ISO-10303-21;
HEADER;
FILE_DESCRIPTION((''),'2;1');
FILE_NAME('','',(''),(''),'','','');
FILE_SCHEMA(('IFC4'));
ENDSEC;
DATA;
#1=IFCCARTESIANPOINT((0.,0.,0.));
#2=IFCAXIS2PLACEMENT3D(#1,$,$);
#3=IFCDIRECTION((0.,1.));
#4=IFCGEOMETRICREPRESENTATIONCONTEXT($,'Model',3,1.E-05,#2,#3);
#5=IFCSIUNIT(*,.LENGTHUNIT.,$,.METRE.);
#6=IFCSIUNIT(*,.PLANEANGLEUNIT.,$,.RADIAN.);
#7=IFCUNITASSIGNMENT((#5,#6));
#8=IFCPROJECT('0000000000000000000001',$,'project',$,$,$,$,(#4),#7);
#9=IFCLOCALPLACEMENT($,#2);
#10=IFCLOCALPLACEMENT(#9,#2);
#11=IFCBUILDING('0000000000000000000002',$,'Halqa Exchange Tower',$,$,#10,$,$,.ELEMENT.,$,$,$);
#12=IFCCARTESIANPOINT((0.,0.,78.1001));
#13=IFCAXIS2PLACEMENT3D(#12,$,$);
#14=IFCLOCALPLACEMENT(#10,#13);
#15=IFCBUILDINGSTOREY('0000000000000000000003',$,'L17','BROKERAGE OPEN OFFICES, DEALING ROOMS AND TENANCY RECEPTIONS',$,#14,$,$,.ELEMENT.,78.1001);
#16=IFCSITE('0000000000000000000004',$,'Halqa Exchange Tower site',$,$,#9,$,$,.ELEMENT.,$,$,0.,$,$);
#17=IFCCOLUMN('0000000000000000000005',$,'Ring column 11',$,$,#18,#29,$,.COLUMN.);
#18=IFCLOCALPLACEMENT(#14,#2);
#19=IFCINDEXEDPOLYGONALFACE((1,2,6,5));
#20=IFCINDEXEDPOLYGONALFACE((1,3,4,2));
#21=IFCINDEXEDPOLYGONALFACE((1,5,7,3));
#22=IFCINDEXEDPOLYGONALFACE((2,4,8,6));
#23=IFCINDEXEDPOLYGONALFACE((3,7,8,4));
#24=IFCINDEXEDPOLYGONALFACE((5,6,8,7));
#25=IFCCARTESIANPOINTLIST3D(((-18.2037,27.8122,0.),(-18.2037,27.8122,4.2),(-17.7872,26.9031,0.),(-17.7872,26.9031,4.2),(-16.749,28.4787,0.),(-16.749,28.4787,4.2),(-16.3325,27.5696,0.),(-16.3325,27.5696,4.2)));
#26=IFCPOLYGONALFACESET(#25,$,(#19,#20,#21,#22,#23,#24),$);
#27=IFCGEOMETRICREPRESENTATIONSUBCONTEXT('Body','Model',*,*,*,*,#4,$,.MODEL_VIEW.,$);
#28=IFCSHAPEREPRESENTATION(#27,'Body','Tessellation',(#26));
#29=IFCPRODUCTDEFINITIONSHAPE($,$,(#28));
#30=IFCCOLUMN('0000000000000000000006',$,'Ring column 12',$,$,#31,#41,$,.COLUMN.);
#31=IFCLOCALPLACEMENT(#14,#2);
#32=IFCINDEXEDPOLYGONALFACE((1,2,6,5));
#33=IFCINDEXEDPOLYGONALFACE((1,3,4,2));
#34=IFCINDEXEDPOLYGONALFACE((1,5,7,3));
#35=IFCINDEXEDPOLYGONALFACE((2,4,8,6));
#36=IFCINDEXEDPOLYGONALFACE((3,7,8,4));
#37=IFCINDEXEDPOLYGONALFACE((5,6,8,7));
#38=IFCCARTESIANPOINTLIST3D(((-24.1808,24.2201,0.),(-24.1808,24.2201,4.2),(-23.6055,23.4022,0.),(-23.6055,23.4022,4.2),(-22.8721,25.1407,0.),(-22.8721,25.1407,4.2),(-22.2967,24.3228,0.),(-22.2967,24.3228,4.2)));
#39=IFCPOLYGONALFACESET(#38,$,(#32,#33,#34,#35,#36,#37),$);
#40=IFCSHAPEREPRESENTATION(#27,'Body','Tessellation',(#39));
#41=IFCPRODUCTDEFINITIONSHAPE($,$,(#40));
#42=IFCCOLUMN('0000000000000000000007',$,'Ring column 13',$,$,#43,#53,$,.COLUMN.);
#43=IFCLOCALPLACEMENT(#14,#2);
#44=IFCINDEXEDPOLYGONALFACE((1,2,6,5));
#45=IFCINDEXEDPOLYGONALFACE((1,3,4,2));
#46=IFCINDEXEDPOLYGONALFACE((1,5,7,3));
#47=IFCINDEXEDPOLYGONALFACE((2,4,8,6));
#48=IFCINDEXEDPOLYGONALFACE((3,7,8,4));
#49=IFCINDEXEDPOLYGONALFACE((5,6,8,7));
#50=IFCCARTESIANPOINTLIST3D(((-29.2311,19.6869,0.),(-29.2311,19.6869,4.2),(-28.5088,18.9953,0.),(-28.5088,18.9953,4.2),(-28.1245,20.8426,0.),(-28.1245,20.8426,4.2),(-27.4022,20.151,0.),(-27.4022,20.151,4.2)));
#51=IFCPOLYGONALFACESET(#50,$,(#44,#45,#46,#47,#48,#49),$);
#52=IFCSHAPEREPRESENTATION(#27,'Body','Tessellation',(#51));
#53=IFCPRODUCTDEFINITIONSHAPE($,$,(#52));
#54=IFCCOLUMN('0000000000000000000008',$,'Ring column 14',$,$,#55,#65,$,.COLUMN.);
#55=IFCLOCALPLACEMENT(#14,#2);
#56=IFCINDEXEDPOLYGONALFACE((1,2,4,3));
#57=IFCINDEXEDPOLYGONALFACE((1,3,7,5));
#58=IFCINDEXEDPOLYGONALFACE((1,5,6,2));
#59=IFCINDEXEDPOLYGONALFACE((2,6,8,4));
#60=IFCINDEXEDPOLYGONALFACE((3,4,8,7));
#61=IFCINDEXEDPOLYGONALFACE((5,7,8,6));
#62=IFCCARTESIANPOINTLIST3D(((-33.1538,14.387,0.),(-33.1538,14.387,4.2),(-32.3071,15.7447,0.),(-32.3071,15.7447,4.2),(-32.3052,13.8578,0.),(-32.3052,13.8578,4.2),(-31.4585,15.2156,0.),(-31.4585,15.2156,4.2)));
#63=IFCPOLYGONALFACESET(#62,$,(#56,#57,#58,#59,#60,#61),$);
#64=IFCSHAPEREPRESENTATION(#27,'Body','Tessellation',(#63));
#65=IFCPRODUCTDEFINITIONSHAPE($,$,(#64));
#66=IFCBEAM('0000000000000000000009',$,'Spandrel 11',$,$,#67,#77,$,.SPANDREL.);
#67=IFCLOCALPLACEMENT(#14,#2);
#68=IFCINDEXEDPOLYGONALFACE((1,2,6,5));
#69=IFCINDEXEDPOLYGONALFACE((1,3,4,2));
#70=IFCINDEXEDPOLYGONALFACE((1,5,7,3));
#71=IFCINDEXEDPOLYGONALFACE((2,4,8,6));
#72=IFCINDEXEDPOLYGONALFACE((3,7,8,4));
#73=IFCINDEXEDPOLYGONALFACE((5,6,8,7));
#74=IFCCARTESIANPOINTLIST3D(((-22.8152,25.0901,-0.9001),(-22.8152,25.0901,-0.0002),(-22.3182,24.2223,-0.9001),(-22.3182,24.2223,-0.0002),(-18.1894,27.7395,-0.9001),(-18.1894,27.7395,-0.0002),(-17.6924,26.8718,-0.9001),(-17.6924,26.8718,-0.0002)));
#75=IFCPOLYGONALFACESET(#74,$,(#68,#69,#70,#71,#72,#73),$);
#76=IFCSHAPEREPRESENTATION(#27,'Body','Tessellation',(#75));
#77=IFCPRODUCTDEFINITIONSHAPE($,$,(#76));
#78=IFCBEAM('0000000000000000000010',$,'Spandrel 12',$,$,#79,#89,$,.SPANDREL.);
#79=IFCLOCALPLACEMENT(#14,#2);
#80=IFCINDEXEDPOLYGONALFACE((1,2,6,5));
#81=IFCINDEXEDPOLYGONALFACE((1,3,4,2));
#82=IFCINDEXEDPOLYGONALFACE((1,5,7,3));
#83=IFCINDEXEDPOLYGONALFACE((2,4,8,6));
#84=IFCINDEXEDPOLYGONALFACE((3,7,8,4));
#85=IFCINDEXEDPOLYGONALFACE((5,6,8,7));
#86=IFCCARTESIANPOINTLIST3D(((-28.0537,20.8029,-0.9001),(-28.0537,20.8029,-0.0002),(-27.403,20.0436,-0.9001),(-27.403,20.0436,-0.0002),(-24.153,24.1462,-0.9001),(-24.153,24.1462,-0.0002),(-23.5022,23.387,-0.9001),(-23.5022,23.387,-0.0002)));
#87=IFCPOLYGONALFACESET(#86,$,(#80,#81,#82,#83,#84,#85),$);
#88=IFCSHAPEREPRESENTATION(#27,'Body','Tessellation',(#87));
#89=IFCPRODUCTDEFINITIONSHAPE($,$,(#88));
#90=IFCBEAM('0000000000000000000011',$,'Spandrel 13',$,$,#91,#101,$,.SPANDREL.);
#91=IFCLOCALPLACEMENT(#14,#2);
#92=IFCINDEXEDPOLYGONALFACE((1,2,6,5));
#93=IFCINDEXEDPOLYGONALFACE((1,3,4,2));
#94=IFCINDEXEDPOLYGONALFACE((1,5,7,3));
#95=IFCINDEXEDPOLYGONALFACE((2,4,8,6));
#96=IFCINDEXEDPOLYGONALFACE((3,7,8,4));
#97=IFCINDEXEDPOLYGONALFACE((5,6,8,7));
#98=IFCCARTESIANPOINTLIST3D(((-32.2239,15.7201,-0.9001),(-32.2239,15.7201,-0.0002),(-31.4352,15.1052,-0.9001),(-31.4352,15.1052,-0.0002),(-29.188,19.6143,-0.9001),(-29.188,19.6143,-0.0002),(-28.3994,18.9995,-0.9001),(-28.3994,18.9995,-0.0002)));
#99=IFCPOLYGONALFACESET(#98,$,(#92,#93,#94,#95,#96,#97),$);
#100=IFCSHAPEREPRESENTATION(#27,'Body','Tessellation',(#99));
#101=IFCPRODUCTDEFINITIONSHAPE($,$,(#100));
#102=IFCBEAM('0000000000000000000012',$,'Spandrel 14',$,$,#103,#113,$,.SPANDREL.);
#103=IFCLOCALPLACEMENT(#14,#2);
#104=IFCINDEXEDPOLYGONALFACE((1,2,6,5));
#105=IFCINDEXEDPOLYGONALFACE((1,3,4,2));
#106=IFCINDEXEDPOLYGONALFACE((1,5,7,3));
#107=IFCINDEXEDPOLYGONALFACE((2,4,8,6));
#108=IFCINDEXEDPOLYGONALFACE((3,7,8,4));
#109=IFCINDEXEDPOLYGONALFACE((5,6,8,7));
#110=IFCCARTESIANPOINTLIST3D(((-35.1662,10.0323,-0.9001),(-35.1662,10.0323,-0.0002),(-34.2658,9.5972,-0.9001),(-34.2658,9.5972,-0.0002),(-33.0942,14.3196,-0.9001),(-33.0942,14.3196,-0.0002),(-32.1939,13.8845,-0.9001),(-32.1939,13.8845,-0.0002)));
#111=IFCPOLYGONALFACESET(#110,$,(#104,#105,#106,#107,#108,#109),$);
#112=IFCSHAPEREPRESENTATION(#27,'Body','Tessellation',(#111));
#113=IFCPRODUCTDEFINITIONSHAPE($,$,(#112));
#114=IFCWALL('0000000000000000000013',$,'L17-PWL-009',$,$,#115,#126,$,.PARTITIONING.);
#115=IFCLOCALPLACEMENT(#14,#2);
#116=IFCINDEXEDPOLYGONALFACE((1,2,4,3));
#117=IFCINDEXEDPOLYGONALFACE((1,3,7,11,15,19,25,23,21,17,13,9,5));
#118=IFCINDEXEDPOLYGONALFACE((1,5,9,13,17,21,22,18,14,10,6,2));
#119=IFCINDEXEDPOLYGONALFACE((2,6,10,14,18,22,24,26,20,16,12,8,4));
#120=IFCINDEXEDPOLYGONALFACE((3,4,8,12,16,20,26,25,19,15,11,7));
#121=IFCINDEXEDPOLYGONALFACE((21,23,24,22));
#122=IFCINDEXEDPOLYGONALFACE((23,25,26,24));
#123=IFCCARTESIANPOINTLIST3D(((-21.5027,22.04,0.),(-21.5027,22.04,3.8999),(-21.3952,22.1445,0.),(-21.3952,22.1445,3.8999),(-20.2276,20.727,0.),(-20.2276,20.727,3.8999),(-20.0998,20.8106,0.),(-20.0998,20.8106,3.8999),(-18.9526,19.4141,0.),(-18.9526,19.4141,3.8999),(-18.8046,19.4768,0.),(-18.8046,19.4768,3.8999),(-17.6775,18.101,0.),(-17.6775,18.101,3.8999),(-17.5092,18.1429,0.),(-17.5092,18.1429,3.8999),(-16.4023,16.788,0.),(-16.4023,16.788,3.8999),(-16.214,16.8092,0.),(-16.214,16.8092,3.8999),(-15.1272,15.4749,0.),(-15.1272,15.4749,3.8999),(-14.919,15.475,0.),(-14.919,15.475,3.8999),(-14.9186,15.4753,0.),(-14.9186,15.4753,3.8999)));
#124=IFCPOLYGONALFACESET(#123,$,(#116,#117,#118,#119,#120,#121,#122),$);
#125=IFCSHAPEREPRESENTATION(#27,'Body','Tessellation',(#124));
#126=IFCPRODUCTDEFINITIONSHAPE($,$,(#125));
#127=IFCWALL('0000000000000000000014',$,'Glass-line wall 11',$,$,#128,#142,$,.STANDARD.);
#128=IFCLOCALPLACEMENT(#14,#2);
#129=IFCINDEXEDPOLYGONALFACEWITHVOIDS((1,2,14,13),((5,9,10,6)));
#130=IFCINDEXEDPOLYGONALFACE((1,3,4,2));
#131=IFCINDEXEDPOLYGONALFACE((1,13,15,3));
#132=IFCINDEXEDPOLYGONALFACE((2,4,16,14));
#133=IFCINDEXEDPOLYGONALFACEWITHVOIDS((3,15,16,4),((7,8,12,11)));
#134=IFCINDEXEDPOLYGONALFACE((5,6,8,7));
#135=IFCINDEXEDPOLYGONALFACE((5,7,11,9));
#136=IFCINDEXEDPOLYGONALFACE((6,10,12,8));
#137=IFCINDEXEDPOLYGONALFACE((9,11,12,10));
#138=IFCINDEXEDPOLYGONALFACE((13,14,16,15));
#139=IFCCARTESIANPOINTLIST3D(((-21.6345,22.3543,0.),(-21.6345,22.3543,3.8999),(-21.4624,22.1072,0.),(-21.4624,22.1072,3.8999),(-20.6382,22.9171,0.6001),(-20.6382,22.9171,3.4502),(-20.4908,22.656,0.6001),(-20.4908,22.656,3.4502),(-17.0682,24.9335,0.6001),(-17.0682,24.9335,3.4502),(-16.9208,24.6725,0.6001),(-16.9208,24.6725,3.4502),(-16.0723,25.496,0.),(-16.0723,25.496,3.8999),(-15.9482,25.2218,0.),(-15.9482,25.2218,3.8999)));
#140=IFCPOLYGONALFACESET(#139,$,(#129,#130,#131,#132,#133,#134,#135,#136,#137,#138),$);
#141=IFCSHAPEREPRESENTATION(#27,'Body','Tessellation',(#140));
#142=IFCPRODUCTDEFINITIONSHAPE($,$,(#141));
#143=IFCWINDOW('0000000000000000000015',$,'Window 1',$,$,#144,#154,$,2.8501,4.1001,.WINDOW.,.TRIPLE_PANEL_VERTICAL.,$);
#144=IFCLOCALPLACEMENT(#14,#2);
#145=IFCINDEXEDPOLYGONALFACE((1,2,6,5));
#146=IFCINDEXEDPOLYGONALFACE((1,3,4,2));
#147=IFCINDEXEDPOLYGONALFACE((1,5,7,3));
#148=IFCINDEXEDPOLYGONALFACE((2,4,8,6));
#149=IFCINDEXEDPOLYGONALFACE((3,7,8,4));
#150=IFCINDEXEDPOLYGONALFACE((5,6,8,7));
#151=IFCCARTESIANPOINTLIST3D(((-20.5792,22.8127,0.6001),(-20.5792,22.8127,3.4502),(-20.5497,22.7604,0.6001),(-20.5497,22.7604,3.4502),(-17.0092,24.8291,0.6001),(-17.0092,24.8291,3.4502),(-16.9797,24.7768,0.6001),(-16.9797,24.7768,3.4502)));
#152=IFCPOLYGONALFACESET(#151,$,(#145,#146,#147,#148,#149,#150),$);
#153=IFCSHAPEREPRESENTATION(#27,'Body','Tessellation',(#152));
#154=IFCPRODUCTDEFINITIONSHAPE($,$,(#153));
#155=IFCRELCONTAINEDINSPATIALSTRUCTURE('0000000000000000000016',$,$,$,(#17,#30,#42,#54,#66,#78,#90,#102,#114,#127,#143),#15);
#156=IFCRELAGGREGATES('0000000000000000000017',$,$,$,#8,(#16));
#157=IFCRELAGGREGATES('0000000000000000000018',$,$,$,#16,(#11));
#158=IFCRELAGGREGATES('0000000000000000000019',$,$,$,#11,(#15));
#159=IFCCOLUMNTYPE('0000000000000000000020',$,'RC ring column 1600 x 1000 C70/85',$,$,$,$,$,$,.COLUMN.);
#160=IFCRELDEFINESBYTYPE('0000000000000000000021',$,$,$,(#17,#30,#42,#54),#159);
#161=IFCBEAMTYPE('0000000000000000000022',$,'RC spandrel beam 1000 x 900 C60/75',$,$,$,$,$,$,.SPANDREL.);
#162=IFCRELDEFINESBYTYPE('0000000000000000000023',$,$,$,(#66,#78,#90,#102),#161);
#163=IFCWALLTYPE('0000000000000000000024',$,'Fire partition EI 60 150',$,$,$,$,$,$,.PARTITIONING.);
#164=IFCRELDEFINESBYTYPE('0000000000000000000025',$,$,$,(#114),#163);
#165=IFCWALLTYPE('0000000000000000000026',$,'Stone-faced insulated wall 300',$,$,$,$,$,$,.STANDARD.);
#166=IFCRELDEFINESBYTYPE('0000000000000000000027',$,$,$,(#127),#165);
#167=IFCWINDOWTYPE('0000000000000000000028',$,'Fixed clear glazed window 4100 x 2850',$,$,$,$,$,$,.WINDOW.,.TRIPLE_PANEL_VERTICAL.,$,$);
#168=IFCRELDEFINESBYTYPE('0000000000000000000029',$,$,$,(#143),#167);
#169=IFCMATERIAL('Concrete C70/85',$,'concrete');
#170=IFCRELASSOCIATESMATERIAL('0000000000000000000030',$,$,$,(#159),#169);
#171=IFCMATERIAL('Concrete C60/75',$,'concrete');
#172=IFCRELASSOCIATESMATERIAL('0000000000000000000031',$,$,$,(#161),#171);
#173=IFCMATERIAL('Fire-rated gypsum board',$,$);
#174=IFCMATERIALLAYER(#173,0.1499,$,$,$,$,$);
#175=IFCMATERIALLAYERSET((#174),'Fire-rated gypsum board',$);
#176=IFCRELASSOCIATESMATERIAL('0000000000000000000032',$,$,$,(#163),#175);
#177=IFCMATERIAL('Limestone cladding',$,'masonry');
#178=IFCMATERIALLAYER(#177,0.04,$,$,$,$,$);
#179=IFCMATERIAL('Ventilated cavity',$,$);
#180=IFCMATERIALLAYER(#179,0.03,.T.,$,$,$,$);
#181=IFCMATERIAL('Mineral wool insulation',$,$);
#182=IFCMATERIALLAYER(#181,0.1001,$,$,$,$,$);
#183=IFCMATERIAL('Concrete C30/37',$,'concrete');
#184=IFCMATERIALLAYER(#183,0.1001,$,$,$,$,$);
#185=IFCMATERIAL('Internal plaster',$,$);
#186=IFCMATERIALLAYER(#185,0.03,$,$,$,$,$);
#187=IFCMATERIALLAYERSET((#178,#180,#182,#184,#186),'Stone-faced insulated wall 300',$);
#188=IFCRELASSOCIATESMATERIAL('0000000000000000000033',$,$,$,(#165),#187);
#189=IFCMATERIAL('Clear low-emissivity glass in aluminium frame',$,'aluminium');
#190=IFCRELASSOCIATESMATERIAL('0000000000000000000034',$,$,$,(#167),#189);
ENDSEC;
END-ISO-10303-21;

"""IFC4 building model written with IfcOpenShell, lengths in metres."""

from ifc_helpers import new_model, si_unit, direction, frame, frame_2d, origin, origin_2d, place, context, subcontext, project, spatial, polyline, rectangle, outline, extrude, material, layer, layer_set, material_profile, profile_set, type_object, element, fill, save


model = new_model("IFC4")

# Units and contexts
model_context = context("Model", 3, precision=1e-05, world=origin(), true_north=direction((0.0, 1.0)))
body_context = subcontext(model_context, "Body", "Model", "MODEL_VIEW")
ifc_project = project(units=[si_unit("LENGTHUNIT", "METRE"), si_unit("PLANEANGLEUNIT", "RADIAN")], contexts=[model_context])

# Site, building, storey
site_placement = place(None, origin())
site = spatial("IfcSite", under=ifc_project, at=site_placement, Name="Halqa Exchange Tower site", CompositionType="ELEMENT", RefElevation=0.0)
building_placement = place(site_placement, origin())
building = spatial("IfcBuilding", under=site, at=building_placement, Name="Halqa Exchange Tower", CompositionType="ELEMENT")
storey_placement = place(building_placement, frame((0.0, 0.0, 78.1001)))
storey = spatial("IfcBuildingStorey", under=building, at=storey_placement, Name="L17", Description="BROKERAGE OPEN OFFICES, DEALING ROOMS AND TENANCY RECEPTIONS", CompositionType="ELEMENT", Elevation=78.1001)

# Columns
ifc_material_1 = material(Name="Concrete C70/85", Category="concrete")
ifc_material_profile_1 = material_profile(ifc_material_1, rectangle(XDim=1.6001, YDim=1.0, at=origin_2d()), Name="1600 x 1000")
ifc_profile_set_1 = profile_set([ifc_material_profile_1], Name="Concrete C70/85")
column_type = type_object("IfcColumnType", Name="RC ring column 1600 x 1000 C70/85", PredefinedType="COLUMN", material=ifc_profile_set_1)
for number, where, z_axis, x_axis, name in (
    (1, (-17.2681, 27.6909, 0.0), (0.0, 0.0, 1.0), (-0.909127, -0.416519, 0.0), "Ring column 11"),
    (2, (-23.2388, 24.2715, 0.0), (0.0, 0.0, 1.0), (-0.817909, -0.575348, 0.0), "Ring column 12"),
    (3, (-28.3167, 19.9189, 0.0), (0.0, 0.0, 1.0), (-0.691579, -0.722301, 0.0), "Ring column 13"),
    (4, (-32.3062, 14.8013, 0.0), (0.0, 0.0, 1.0), (-0.529145, -0.848531, 0.0), "Ring column 14"),
):
    element("IfcColumn", number, at=place(storey_placement, frame(where, z_axis=z_axis, x_axis=x_axis)), inside=storey, type_object=column_type, Name=name, PredefinedType="COLUMN", context=body_context, shape_type="SweptSolid", body=[
        extrude(rectangle(XDim=1.6001, YDim=1.0, at=origin_2d()), origin(), (0.0, 0.0, 1.0), 4.2),
    ])

# Beams
ifc_material_2 = material(Name="Concrete C60/75", Category="concrete")
ifc_material_profile_2 = material_profile(ifc_material_2, rectangle(XDim=1.0, YDim=0.8999, at=origin_2d()), Name="1000 x 900")
ifc_profile_set_2 = profile_set([ifc_material_profile_2], Name="Concrete C60/75")
beam_type = type_object("IfcBeamType", Name="RC spandrel beam 1000 x 900 C60/75", PredefinedType="SPANDREL", material=ifc_profile_set_2)
beam_1_placement = place(storey_placement, frame((-17.9409, 27.3057, -0.4502), z_axis=(-0.867747, -0.497007, 0.0), x_axis=(0.497007, -0.867747, 0.0)))
element("IfcBeam", 5, at=beam_1_placement, inside=storey, type_object=beam_type, Name="Spandrel 11", PredefinedType="SPANDREL", context=body_context, shape_type="SweptSolid", body=[
    extrude(rectangle(XDim=1.0, YDim=0.8999, at=origin_2d()), origin(), (0.0, 0.0, 1.0), 5.3308),
])
beam_2_placement = place(storey_placement, frame((-23.8276, 23.7666, -0.4502), z_axis=(-0.75927, -0.650776, 0.0), x_axis=(0.650776, -0.75927, 0.0)))
element("IfcBeam", 6, at=beam_2_placement, inside=storey, type_object=beam_type, Name="Spandrel 12", PredefinedType="SPANDREL", context=body_context, shape_type="SweptSolid", body=[
    extrude(rectangle(XDim=1.0, YDim=0.8999, at=origin_2d()), origin(), (0.0, 0.0, 1.0), 5.1375),
])
beam_3_placement = place(storey_placement, frame((-28.7937, 19.3069, -0.4502), z_axis=(-0.614823, -0.788665, 0.0), x_axis=(0.788665, -0.614823, 0.0)))
element("IfcBeam", 7, at=beam_3_placement, inside=storey, type_object=beam_type, Name="Spandrel 13", PredefinedType="SPANDREL", context=body_context, shape_type="SweptSolid", body=[
    extrude(rectangle(XDim=1.0, YDim=0.8999, at=origin_2d()), origin(), (0.0, 0.0, 1.0), 4.9377),
])
beam_4_placement = place(storey_placement, frame((-32.644, 14.1021, -0.4502), z_axis=(-0.435135, -0.900365, 0.0), x_axis=(0.900365, -0.435135, 0.0)))
element("IfcBeam", 8, at=beam_4_placement, inside=storey, type_object=beam_type, Name="Spandrel 14", PredefinedType="SPANDREL", context=body_context, shape_type="SweptSolid", body=[
    extrude(rectangle(XDim=1.0, YDim=0.8999, at=origin_2d()), origin(), (0.0, 0.0, 1.0), 4.7617),
])

# Shared definitions
ifc_material_3 = material(Name="Fire-rated gypsum board")
ifc_layer_1 = layer(ifc_material_3, 0.1499)
ifc_layer_set_1 = layer_set([ifc_layer_1], Name="Fire-rated gypsum board")
wall_type_1 = type_object("IfcWallType", Name="Fire partition EI 60 150", PredefinedType="PARTITIONING", material=ifc_layer_set_1)

# Wall
wall_1_placement = place(storey_placement, frame((-14.9724, 15.4231, 0.0), z_axis=(0.0, 0.0, 1.0), x_axis=(-0.696671, 0.717391, 0.0)))
element("IfcWall", 9, at=wall_1_placement, inside=storey, type_object=wall_type_1, Name="L17-PWL-009", PredefinedType="PARTITIONING", context=body_context, shape_type="SweptSolid", body=[
    extrude(outline(polyline([(9.2964, 0.075), (7.4661, 0.075), (5.636, 0.075), (3.8057, 0.075), (1.9753, 0.075), (0.145, 0.075), (0.0, -0.0745), (0.0, -0.075), (1.8594, -0.075), (3.7185, -0.075), (5.5779, -0.075), (7.437, -0.075), (9.2964, -0.075), (9.2964, 0.075)])), origin(), (0.0, 0.0, 1.0), 3.8999),
])

# Wall, opening, window
ifc_material_4 = material(Name="Limestone cladding", Category="masonry")
ifc_layer_2 = layer(ifc_material_4, 0.04)
ifc_material_5 = material(Name="Ventilated cavity")
ifc_layer_3 = layer(ifc_material_5, 0.03, ventilated=True)
ifc_material_6 = material(Name="Mineral wool insulation")
ifc_layer_4 = layer(ifc_material_6, 0.1001)
ifc_material_7 = material(Name="Concrete C30/37", Category="concrete")
ifc_layer_5 = layer(ifc_material_7, 0.1001)
ifc_material_8 = material(Name="Internal plaster")
ifc_layer_6 = layer(ifc_material_8, 0.03)
ifc_layer_set_2 = layer_set([ifc_layer_2, ifc_layer_3, ifc_layer_4, ifc_layer_5, ifc_layer_6], Name="Stone-faced insulated wall 300")
wall_type_2 = type_object("IfcWallType", Name="Stone-faced insulated wall 300", PredefinedType="STANDARD", material=ifc_layer_set_2)
wall_2_placement = place(storey_placement, frame((-16.0103, 25.3589, 0.0), z_axis=(0.0, 0.0, 1.0), x_axis=(-0.87071, -0.491797, 0.0)))
wall_2 = element("IfcWall", 10, at=wall_2_placement, inside=storey, type_object=wall_type_2, Name="Glass-line wall 11", PredefinedType="STANDARD", context=body_context, shape_type="SweptSolid", body=[
    extrude(outline(polyline([(-0.0134, -0.1499), (6.3748, -0.1499), (6.3464, 0.1499), (0.0134, 0.1499), (-0.0134, -0.1499)])), origin(), (0.0, 0.0, 1.0), 3.8999),
])
opening_1_placement = place(wall_2_placement, frame((1.1304, 0.0, 0.6001)))
opening_1 = element("IfcOpeningElement", 11, at=opening_1_placement, cuts=wall_2, PredefinedType="OPENING", context=body_context, shape_type="SweptSolid", body=[
    extrude(rectangle(XDim=4.1001, YDim=2.8501, at=frame_2d((2.05, 1.425))), frame((0.0, 0.1621, 0.0), z_axis=(0.0, -1.0, 0.0), x_axis=(1.0, 0.0, 0.0)), (0.0, 0.0, 1.0), 0.324),
])
ifc_material_9 = material(Name="Clear low-emissivity glass in aluminium frame", Category="aluminium")
window_type = type_object("IfcWindowType", Name="Fixed clear glazed window 4100 x 2850", PartitioningType="TRIPLE_PANEL_VERTICAL", PredefinedType="WINDOW", material=ifc_material_9)
window_1_placement = place(opening_1_placement, origin())
window_1 = element("IfcWindow", 12, at=window_1_placement, inside=storey, type_object=window_type, Name="Window 1", OverallHeight=2.8501, OverallWidth=4.1001, PartitioningType="TRIPLE_PANEL_VERTICAL", PredefinedType="WINDOW", context=body_context, shape_type="SweptSolid", body=[
    extrude(rectangle(XDim=4.1001, YDim=2.8501, at=frame_2d((2.05, 1.425))), frame((0.0, 0.03, 0.0), z_axis=(0.0, -1.0, 0.0), x_axis=(1.0, 0.0, 0.0)), (0.0, 0.0, 1.0), 0.0601),
])
fill(opening_1, window_1)

save(model, "model.ifc")
